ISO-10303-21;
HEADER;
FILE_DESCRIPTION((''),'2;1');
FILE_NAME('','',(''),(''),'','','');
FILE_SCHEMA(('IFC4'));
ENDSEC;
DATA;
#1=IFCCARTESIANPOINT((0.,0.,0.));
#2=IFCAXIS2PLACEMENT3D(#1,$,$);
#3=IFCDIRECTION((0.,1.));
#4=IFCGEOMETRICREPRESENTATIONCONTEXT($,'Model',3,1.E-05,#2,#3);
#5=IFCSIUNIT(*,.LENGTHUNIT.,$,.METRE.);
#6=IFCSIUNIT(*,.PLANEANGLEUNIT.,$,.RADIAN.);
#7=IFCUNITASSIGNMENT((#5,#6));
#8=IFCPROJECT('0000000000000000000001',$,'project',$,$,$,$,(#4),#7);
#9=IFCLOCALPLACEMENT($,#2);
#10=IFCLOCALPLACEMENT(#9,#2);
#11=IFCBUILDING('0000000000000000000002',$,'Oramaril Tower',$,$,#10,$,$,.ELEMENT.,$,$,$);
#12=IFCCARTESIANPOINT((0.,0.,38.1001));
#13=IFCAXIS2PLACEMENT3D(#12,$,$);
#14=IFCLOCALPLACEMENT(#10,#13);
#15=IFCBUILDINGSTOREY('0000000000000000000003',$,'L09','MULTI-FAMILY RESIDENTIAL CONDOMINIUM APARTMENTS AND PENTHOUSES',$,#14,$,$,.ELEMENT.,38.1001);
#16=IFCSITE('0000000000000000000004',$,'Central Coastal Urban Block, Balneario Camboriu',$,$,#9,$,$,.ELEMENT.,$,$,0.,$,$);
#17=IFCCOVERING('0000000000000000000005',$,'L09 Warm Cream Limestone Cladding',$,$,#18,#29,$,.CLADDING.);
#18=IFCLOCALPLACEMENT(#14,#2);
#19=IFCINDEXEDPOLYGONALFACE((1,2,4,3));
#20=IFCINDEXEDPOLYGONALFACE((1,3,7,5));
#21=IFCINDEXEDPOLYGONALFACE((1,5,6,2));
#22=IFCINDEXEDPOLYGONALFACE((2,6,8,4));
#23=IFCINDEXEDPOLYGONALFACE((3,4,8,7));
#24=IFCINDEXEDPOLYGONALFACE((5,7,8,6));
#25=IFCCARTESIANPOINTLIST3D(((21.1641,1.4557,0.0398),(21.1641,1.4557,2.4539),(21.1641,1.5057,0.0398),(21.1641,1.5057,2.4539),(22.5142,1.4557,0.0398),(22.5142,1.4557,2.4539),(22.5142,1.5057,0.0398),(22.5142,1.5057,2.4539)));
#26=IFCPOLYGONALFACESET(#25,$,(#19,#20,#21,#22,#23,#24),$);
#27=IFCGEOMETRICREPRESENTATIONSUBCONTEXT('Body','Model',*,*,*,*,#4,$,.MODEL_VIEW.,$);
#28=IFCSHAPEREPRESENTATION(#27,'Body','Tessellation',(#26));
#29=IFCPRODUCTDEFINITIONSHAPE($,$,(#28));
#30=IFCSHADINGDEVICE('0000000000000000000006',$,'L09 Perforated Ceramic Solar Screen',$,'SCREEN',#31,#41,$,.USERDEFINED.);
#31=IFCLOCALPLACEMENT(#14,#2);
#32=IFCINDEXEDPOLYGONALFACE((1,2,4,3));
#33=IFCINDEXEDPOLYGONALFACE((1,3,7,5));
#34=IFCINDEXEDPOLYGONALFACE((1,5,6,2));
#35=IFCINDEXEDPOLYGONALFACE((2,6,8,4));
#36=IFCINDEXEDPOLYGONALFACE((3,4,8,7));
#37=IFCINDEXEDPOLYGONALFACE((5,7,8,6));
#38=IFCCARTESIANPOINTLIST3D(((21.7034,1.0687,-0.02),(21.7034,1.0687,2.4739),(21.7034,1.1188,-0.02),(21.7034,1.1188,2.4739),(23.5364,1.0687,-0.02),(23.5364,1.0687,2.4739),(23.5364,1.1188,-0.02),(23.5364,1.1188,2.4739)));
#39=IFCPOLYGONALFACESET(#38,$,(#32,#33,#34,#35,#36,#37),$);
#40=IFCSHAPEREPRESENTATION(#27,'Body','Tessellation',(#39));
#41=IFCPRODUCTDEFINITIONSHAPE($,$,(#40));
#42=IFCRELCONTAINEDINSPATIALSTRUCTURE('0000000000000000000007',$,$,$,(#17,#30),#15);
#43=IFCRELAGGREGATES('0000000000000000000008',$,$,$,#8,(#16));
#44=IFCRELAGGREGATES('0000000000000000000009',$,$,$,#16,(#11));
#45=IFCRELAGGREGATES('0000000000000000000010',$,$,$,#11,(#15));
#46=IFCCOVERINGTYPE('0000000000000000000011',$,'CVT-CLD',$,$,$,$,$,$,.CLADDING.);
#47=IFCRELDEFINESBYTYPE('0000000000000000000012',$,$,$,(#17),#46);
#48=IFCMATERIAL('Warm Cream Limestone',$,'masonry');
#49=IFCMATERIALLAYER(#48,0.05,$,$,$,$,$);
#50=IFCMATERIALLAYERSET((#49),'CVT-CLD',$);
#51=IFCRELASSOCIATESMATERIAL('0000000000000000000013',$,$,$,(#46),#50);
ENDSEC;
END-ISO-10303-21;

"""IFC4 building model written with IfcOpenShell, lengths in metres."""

from ifc_helpers import new_model, si_unit, direction, frame, origin, origin_2d, place, context, subcontext, project, spatial, rectangle, extrude, material, layer, layer_set, type_object, element, save


model = new_model("IFC4")

# Units and contexts
model_context = context("Model", 3, precision=1e-05, world=origin(), true_north=direction((0.0, 1.0)))
body_context = subcontext(model_context, "Body", "Model", "MODEL_VIEW")
ifc_project = project(units=[si_unit("LENGTHUNIT", "METRE"), si_unit("PLANEANGLEUNIT", "RADIAN")], contexts=[model_context])

# Site, building, storey
site_placement = place(None, origin())
site = spatial("IfcSite", under=ifc_project, at=site_placement, Name="Central Coastal Urban Block, Balneario Camboriu", CompositionType="ELEMENT", RefElevation=0.0)
building_placement = place(site_placement, origin())
building = spatial("IfcBuilding", under=site, at=building_placement, Name="Oramaril Tower", CompositionType="ELEMENT")
storey_placement = place(building_placement, frame((0.0, 0.0, 38.1001)))
storey = spatial("IfcBuildingStorey", under=building, at=storey_placement, Name="L09", Description="MULTI-FAMILY RESIDENTIAL CONDOMINIUM APARTMENTS AND PENTHOUSES", CompositionType="ELEMENT", Elevation=38.1001)

# Covering
ifc_material_1 = material(Name="Warm Cream Limestone", Category="masonry")
ifc_layer_1 = layer(ifc_material_1, 0.05)
ifc_layer_set_1 = layer_set([ifc_layer_1], Name="CVT-CLD")
covering_type = type_object("IfcCoveringType", Name="CVT-CLD", PredefinedType="CLADDING", material=ifc_layer_set_1)
covering_placement = place(storey_placement, frame((21.8391, 1.4807, 0.0398), z_axis=(0.0, 0.0, 1.0), x_axis=(1.0, 0.0, 0.0)))
element("IfcCovering", 1, at=covering_placement, inside=storey, type_object=covering_type, Name="L09 Warm Cream Limestone Cladding", PredefinedType="CLADDING", context=body_context, shape_type="SweptSolid", body=[
    extrude(rectangle(XDim=1.3501, YDim=0.05, at=origin_2d()), origin(), (0.0, 0.0, 1.0), 2.4141),
])

# Shading device
shading_device_placement = place(storey_placement, frame((22.6199, 1.0938, -0.02), z_axis=(0.0, 0.0, 1.0), x_axis=(1.0, 0.0, 0.0)))
element("IfcShadingDevice", 2, at=shading_device_placement, inside=storey, Name="L09 Perforated Ceramic Solar Screen", ObjectType="SCREEN", PredefinedType="USERDEFINED", context=body_context, shape_type="SweptSolid", body=[
    extrude(rectangle(XDim=1.833, YDim=0.05, at=origin_2d()), origin(), (0.0, 0.0, 1.0), 2.4939),
])

save(model, "model.ifc")
